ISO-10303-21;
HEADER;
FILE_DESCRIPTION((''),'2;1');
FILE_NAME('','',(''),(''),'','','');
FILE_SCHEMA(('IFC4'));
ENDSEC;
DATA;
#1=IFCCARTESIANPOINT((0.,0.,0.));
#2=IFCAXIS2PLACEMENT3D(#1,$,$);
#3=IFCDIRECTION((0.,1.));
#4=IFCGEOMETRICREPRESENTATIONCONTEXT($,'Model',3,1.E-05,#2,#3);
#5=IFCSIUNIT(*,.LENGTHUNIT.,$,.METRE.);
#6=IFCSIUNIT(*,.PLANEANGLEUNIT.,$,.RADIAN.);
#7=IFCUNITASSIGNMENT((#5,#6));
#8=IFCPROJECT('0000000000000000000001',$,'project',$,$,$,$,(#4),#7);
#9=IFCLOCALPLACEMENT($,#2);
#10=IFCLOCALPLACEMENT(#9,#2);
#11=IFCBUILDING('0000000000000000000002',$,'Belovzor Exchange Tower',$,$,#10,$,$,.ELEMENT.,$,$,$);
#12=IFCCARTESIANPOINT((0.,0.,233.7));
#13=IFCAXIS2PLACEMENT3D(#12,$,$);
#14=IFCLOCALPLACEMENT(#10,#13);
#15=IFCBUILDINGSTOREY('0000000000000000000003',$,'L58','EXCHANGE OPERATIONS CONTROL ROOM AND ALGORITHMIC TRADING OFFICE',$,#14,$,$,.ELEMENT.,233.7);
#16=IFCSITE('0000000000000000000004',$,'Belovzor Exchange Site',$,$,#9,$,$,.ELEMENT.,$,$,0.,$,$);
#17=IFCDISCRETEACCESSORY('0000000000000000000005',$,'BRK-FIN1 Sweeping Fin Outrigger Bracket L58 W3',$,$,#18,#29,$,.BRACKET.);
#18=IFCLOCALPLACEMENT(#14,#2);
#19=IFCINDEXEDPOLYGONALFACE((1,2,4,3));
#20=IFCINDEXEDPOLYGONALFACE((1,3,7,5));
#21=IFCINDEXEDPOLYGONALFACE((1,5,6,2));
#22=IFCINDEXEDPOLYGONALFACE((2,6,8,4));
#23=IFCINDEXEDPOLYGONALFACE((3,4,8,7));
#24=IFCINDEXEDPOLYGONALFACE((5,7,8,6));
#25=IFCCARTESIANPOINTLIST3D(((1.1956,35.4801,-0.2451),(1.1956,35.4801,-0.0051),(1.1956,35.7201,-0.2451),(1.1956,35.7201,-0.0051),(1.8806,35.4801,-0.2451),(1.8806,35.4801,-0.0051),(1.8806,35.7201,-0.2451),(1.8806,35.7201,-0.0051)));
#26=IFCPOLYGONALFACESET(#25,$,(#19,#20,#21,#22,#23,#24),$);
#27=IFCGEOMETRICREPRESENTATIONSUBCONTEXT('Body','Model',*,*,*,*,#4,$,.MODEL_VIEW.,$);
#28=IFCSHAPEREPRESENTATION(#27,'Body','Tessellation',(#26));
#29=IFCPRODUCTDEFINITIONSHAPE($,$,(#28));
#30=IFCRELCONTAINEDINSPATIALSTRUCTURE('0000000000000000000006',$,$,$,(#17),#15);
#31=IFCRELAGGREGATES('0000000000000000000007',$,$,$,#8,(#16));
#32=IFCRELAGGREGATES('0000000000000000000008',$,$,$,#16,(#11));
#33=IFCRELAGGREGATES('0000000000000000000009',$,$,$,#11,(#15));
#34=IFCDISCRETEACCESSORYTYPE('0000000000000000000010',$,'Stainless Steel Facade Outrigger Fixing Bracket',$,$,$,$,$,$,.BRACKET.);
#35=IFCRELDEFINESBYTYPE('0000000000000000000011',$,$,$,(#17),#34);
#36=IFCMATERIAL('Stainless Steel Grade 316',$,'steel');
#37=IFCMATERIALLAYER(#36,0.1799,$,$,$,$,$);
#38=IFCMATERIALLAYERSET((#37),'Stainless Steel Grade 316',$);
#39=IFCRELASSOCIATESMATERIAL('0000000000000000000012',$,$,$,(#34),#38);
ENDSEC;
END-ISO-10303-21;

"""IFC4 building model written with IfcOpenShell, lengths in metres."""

from ifc_helpers import new_model, si_unit, direction, frame, origin, origin_2d, place, context, subcontext, project, spatial, rectangle, extrude, material, layer, layer_set, type_object, element, save


model = new_model("IFC4")

# Units and contexts
model_context = context("Model", 3, precision=1e-05, world=origin(), true_north=direction((0.0, 1.0)))
body_context = subcontext(model_context, "Body", "Model", "MODEL_VIEW")
ifc_project = project(units=[si_unit("LENGTHUNIT", "METRE"), si_unit("PLANEANGLEUNIT", "RADIAN")], contexts=[model_context])

# Site, building, storey
site_placement = place(None, origin())
site = spatial("IfcSite", under=ifc_project, at=site_placement, Name="Belovzor Exchange Site", CompositionType="ELEMENT", RefElevation=0.0)
building_placement = place(site_placement, origin())
building = spatial("IfcBuilding", under=site, at=building_placement, Name="Belovzor Exchange Tower", CompositionType="ELEMENT")
storey_placement = place(building_placement, frame((0.0, 0.0, 233.7)))
storey = spatial("IfcBuildingStorey", under=building, at=storey_placement, Name="L58", Description="EXCHANGE OPERATIONS CONTROL ROOM AND ALGORITHMIC TRADING OFFICE", CompositionType="ELEMENT", Elevation=233.7)

# Discrete accessory
ifc_material_1 = material(Name="Stainless Steel Grade 316", Category="steel")
ifc_layer_1 = layer(ifc_material_1, 0.1799)
ifc_layer_set_1 = layer_set([ifc_layer_1], Name="Stainless Steel Grade 316")
discrete_accessory_type = type_object("IfcDiscreteAccessoryType", Name="Stainless Steel Facade Outrigger Fixing Bracket", PredefinedType="BRACKET", material=ifc_layer_set_1)
discrete_accessory_placement = place(storey_placement, frame((1.5381, 35.6001, -0.2451), z_axis=(0.0, 0.0, 1.0), x_axis=(1.0, 0.0, 0.0)))
element("IfcDiscreteAccessory", 1, at=discrete_accessory_placement, inside=storey, type_object=discrete_accessory_type, Name="BRK-FIN1 Sweeping Fin Outrigger Bracket L58 W3", PredefinedType="BRACKET", context=body_context, shape_type="SweptSolid", body=[
    extrude(rectangle(XDim=0.6851, YDim=0.24, at=origin_2d()), origin(), (0.0, 0.0, 1.0), 0.24),
])

save(model, "model.ifc")
